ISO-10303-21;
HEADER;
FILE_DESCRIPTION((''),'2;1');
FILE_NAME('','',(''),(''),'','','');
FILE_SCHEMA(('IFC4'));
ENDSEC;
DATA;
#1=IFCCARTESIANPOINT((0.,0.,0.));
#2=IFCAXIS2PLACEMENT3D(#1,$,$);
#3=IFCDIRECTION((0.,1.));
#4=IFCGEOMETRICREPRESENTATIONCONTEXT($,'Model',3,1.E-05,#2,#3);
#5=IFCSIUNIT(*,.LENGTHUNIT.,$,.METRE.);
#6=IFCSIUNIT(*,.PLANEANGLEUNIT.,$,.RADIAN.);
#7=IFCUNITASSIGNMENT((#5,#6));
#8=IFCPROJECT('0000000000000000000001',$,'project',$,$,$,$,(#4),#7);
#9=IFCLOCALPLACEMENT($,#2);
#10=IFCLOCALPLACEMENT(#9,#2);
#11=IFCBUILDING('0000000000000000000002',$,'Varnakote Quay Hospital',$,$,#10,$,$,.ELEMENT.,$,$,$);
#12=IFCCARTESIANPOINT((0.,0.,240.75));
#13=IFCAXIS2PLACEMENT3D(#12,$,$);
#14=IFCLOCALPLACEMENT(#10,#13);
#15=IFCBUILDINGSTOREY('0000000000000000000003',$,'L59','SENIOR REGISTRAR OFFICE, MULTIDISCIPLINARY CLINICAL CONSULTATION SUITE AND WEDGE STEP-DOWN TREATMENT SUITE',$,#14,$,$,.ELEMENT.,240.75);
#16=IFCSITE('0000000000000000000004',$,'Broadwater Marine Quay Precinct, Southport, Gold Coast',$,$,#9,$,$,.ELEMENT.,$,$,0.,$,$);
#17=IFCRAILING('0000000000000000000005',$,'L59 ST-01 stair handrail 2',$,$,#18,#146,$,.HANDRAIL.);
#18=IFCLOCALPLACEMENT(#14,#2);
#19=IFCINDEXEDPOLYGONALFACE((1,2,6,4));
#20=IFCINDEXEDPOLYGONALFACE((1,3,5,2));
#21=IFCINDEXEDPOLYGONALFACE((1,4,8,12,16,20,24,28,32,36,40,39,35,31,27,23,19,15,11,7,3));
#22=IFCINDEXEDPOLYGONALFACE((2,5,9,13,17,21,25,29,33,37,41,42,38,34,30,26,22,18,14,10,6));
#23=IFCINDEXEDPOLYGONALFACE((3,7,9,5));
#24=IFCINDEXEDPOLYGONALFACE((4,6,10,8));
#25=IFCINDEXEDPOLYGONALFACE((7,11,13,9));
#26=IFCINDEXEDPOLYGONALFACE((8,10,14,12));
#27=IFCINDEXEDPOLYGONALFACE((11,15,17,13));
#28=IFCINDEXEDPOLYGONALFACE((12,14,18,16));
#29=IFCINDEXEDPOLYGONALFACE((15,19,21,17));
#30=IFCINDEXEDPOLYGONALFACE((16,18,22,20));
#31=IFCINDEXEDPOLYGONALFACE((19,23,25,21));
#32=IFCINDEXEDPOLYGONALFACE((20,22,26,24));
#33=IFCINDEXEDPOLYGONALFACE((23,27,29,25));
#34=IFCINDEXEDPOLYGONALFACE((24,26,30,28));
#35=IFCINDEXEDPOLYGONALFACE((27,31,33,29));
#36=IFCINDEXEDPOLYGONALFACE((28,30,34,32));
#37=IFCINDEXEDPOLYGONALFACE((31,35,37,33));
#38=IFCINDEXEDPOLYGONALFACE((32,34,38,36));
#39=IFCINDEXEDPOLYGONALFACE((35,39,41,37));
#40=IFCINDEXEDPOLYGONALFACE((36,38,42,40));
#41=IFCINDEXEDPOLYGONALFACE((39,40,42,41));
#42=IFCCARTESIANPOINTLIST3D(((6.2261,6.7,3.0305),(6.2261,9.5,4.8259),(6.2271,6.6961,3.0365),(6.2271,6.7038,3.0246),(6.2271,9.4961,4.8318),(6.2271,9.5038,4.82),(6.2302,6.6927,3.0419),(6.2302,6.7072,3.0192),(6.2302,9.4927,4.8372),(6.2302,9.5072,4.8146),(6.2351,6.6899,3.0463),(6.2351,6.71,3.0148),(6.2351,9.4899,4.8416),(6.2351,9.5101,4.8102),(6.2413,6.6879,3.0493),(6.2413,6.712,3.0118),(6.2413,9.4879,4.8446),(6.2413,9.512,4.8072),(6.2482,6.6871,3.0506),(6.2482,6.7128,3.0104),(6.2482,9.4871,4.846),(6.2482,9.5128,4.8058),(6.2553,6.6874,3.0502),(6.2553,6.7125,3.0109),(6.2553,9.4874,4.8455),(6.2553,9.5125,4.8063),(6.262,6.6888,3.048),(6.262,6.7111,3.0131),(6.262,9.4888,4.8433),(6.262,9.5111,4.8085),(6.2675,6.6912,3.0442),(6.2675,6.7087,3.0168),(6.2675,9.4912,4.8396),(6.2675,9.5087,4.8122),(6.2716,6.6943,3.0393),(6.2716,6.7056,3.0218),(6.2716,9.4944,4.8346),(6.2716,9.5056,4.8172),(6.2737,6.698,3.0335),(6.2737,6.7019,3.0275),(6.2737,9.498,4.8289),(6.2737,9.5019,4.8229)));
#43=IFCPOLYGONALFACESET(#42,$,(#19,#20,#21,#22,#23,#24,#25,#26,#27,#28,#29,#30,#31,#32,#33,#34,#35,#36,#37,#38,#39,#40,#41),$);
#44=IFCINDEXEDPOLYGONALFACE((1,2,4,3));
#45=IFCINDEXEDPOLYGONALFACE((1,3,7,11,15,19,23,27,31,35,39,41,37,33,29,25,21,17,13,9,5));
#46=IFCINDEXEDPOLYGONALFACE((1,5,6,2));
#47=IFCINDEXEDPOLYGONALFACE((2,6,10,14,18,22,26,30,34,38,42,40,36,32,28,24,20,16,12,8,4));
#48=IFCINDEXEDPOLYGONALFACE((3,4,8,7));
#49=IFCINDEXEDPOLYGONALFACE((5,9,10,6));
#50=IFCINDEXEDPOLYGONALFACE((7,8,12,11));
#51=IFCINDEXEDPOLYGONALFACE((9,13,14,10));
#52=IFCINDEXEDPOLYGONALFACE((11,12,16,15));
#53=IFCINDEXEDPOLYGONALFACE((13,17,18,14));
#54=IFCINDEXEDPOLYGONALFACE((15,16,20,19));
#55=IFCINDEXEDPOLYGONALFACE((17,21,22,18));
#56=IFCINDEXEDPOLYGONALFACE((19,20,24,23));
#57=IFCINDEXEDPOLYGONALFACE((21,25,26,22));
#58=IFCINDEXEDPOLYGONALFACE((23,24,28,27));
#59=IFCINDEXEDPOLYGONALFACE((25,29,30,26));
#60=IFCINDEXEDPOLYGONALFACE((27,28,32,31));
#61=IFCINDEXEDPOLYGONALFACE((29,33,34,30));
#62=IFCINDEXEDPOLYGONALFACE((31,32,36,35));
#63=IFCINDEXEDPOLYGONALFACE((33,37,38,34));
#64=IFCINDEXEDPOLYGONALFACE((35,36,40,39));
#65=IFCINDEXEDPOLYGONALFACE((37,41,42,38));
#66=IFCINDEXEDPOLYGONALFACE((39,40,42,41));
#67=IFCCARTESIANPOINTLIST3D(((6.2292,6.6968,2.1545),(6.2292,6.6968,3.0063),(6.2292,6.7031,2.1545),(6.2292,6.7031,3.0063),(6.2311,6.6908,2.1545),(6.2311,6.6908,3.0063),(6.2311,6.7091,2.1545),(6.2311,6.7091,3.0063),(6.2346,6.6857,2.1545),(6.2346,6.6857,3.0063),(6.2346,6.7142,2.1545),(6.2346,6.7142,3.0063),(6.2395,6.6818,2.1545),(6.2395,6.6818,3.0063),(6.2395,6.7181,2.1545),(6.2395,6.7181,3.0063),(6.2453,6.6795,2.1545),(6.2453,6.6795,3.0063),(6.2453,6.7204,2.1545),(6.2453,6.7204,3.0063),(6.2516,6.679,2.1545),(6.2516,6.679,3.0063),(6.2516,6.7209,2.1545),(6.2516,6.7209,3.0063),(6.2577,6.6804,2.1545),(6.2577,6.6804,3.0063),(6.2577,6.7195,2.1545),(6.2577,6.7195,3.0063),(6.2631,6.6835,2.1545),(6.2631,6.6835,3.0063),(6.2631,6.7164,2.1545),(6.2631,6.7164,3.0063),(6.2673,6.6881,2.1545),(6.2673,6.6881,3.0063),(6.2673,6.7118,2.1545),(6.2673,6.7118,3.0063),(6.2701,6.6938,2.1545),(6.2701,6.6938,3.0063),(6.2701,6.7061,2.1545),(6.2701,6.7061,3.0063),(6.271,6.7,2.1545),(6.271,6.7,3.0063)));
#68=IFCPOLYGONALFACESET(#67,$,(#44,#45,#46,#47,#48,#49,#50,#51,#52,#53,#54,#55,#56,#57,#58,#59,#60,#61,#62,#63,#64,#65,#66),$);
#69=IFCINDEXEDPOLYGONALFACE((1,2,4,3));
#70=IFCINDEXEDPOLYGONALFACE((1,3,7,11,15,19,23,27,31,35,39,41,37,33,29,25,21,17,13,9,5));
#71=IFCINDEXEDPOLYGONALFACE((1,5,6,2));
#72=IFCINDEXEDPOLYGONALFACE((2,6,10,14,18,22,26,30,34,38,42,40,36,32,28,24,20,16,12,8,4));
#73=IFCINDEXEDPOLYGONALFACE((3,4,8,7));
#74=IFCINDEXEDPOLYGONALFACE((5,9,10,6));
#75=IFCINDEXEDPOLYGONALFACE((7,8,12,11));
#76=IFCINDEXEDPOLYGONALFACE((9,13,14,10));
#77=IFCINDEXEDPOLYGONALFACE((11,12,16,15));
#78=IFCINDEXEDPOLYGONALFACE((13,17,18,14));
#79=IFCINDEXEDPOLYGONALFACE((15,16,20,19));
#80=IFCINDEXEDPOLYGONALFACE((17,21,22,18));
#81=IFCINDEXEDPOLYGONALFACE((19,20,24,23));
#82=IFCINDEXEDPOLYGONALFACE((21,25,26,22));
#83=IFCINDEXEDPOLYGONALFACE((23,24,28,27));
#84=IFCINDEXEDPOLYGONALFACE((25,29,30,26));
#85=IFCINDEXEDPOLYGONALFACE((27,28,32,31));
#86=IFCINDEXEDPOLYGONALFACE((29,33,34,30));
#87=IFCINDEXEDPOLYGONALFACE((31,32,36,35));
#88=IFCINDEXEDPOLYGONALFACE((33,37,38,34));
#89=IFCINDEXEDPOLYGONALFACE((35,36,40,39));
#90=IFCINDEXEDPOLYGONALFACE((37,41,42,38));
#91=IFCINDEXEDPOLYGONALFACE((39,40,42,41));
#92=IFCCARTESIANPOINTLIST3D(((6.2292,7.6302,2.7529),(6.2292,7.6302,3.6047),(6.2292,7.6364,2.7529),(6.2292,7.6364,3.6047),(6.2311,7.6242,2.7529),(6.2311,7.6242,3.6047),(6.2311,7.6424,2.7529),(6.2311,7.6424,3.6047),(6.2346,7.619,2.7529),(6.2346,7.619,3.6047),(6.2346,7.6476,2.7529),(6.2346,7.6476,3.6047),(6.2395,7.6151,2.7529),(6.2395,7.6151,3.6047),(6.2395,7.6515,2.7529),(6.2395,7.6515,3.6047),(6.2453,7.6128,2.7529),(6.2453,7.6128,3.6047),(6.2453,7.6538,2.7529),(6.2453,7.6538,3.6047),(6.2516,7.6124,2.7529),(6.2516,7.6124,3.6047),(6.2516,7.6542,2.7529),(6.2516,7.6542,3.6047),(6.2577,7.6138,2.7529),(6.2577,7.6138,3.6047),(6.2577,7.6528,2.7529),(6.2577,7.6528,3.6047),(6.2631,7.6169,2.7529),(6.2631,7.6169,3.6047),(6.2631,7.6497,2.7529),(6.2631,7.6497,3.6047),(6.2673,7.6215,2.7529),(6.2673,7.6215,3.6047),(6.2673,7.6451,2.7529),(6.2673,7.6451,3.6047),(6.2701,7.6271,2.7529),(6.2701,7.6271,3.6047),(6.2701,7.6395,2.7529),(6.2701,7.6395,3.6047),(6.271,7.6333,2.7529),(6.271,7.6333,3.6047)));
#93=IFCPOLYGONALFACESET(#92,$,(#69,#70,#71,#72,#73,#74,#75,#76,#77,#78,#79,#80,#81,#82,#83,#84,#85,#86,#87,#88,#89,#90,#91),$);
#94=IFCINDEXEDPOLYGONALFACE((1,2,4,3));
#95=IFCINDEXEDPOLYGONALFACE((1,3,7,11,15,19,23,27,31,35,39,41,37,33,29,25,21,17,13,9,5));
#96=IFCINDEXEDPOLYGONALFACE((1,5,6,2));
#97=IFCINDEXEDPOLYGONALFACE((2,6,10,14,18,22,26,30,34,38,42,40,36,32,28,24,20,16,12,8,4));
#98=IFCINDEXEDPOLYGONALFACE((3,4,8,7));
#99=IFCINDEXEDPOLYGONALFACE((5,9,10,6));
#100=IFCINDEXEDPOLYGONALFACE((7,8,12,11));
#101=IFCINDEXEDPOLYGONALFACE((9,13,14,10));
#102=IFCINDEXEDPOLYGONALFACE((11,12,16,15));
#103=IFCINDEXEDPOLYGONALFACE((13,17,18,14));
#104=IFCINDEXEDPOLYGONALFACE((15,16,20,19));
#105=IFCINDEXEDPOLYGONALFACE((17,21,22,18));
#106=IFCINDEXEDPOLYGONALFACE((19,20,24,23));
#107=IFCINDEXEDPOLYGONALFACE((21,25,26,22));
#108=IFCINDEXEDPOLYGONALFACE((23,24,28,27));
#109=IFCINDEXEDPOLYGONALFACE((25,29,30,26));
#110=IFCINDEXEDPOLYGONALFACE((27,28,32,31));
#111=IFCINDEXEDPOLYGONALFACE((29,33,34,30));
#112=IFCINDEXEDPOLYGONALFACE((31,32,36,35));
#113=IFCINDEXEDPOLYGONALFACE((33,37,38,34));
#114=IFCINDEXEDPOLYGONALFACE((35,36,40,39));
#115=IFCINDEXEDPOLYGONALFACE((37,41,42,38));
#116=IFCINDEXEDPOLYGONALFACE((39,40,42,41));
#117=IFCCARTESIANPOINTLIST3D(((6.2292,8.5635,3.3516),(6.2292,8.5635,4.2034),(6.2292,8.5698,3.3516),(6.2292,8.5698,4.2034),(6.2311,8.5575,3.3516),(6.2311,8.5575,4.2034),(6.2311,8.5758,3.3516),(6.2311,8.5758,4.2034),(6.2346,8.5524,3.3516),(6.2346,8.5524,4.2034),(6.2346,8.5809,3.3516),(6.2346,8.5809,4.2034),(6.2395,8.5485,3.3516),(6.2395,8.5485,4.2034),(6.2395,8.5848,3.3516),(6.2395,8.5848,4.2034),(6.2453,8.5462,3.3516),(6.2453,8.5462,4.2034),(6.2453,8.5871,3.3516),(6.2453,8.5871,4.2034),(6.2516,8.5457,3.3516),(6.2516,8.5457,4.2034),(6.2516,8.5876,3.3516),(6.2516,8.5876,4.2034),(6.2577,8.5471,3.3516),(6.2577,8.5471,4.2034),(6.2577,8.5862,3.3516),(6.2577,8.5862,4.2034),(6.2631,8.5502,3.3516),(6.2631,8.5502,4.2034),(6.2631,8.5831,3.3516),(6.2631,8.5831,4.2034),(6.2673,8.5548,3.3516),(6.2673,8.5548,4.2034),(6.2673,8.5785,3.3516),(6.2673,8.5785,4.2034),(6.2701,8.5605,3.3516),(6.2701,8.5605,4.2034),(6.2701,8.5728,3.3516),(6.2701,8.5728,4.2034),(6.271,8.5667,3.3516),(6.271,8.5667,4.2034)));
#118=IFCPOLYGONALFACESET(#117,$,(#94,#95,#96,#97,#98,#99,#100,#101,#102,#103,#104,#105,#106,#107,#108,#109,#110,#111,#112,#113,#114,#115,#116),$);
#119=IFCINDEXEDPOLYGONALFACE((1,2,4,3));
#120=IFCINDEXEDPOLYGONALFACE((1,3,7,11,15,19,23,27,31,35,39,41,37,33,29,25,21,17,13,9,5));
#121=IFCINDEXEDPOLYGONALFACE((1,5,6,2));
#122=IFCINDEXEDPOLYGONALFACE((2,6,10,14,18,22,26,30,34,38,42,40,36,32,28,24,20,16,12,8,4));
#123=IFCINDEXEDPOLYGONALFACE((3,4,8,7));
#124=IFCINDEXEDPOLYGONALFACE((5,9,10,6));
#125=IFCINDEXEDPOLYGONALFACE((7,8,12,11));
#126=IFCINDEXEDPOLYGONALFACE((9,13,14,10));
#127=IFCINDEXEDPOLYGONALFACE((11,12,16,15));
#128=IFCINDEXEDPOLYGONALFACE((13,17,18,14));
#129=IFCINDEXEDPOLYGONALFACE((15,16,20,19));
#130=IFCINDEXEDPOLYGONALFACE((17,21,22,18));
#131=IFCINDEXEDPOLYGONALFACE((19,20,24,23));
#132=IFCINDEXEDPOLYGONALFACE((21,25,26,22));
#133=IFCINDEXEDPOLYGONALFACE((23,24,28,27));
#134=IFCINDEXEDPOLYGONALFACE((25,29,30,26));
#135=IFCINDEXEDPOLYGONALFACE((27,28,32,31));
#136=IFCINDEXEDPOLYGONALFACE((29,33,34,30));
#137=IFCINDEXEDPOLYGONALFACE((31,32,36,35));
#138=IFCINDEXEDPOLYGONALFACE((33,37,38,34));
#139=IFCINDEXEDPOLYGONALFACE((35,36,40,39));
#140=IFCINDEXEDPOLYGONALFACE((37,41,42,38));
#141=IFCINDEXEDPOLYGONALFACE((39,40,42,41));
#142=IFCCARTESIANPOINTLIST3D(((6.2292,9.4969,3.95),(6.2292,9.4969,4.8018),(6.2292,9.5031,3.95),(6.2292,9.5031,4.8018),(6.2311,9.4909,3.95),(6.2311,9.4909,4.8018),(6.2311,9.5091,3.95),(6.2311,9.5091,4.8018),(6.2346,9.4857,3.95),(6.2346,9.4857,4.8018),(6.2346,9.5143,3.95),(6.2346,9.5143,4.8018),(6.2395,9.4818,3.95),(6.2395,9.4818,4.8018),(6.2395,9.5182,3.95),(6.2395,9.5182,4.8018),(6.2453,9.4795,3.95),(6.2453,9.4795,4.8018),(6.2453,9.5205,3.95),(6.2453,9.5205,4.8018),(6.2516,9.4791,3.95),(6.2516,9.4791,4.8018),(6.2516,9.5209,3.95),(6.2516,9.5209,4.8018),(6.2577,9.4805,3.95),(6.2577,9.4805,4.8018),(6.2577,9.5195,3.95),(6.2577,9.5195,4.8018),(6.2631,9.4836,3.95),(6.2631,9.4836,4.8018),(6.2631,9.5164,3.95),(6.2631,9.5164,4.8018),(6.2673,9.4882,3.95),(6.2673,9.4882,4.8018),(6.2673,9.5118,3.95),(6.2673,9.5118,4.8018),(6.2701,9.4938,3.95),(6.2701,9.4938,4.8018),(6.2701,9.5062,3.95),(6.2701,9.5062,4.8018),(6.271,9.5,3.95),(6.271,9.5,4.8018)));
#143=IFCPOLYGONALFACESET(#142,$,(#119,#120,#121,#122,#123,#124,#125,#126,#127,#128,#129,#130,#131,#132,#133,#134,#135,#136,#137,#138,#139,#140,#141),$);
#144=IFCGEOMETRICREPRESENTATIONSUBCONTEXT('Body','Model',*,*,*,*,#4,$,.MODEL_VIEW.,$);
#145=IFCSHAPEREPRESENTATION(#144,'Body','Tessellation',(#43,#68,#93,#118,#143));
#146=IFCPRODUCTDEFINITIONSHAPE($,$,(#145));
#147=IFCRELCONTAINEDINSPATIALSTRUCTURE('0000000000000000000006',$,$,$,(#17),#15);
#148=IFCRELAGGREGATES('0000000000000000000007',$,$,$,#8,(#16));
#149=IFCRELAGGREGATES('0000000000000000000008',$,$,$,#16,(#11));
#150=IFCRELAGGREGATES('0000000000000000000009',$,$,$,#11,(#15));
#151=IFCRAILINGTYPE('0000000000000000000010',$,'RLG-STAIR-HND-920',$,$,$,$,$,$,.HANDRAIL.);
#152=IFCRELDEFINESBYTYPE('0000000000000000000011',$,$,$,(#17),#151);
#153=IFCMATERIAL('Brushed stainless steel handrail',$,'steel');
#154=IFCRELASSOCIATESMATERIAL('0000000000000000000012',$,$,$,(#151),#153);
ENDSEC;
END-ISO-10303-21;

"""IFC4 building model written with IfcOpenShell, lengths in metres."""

from ifc_helpers import new_model, si_unit, direction, frame, origin, origin_2d, place, context, subcontext, project, spatial, circle, extrude, material, type_object, element, save


model = new_model("IFC4")

# Units and contexts
model_context = context("Model", 3, precision=1e-05, world=origin(), true_north=direction((0.0, 1.0)))
body_context = subcontext(model_context, "Body", "Model", "MODEL_VIEW")
ifc_project = project(units=[si_unit("LENGTHUNIT", "METRE"), si_unit("PLANEANGLEUNIT", "RADIAN")], contexts=[model_context])

# Site, building, storey
site_placement = place(None, origin())
site = spatial("IfcSite", under=ifc_project, at=site_placement, Name="Broadwater Marine Quay Precinct, Southport, Gold Coast", CompositionType="ELEMENT", RefElevation=0.0)
building_placement = place(site_placement, origin())
building = spatial("IfcBuilding", under=site, at=building_placement, Name="Varnakote Quay Hospital", CompositionType="ELEMENT")
storey_placement = place(building_placement, frame((0.0, 0.0, 240.75)))
storey = spatial("IfcBuildingStorey", under=building, at=storey_placement, Name="L59", Description="SENIOR REGISTRAR OFFICE, MULTIDISCIPLINARY CLINICAL CONSULTATION SUITE AND WEDGE STEP-DOWN TREATMENT SUITE", CompositionType="ELEMENT", Elevation=240.75)

# Railing
ifc_material_1 = material(Name="Brushed stainless steel handrail", Category="steel")
railing_type_1 = type_object("IfcRailingType", Name="RLG-STAIR-HND-920", PredefinedType="HANDRAIL", material=ifc_material_1)
railing_1_placement = place(storey_placement, frame((6.25, 6.7, 2.1545)))
element("IfcRailing", 1, at=railing_1_placement, inside=storey, type_object=railing_type_1, Name="L59 ST-01 stair handrail 2", PredefinedType="HANDRAIL", context=body_context, shape_type="SweptSolid", body=[
    extrude(circle(Radius=0.0239, at=origin_2d()), frame((0.0, 0.0, 0.876), z_axis=(0.0, 0.84181, 0.539774), x_axis=(-1.0, 0.0, 0.0)), (0.0, 0.0, 1.0), 3.3262),
    extrude(circle(Radius=0.021, at=origin_2d()), origin(), (0.0, 0.0, 1.0), 0.8518),
    extrude(circle(Radius=0.021, at=origin_2d()), frame((0.0, 0.9333, 0.5984)), (0.0, 0.0, 1.0), 0.8518),
    extrude(circle(Radius=0.021, at=origin_2d()), frame((0.0, 1.8667, 1.197)), (0.0, 0.0, 1.0), 0.8518),
    extrude(circle(Radius=0.021, at=origin_2d()), frame((0.0, 2.8, 1.7954)), (0.0, 0.0, 1.0), 0.8518),
])

save(model, "model.ifc")
